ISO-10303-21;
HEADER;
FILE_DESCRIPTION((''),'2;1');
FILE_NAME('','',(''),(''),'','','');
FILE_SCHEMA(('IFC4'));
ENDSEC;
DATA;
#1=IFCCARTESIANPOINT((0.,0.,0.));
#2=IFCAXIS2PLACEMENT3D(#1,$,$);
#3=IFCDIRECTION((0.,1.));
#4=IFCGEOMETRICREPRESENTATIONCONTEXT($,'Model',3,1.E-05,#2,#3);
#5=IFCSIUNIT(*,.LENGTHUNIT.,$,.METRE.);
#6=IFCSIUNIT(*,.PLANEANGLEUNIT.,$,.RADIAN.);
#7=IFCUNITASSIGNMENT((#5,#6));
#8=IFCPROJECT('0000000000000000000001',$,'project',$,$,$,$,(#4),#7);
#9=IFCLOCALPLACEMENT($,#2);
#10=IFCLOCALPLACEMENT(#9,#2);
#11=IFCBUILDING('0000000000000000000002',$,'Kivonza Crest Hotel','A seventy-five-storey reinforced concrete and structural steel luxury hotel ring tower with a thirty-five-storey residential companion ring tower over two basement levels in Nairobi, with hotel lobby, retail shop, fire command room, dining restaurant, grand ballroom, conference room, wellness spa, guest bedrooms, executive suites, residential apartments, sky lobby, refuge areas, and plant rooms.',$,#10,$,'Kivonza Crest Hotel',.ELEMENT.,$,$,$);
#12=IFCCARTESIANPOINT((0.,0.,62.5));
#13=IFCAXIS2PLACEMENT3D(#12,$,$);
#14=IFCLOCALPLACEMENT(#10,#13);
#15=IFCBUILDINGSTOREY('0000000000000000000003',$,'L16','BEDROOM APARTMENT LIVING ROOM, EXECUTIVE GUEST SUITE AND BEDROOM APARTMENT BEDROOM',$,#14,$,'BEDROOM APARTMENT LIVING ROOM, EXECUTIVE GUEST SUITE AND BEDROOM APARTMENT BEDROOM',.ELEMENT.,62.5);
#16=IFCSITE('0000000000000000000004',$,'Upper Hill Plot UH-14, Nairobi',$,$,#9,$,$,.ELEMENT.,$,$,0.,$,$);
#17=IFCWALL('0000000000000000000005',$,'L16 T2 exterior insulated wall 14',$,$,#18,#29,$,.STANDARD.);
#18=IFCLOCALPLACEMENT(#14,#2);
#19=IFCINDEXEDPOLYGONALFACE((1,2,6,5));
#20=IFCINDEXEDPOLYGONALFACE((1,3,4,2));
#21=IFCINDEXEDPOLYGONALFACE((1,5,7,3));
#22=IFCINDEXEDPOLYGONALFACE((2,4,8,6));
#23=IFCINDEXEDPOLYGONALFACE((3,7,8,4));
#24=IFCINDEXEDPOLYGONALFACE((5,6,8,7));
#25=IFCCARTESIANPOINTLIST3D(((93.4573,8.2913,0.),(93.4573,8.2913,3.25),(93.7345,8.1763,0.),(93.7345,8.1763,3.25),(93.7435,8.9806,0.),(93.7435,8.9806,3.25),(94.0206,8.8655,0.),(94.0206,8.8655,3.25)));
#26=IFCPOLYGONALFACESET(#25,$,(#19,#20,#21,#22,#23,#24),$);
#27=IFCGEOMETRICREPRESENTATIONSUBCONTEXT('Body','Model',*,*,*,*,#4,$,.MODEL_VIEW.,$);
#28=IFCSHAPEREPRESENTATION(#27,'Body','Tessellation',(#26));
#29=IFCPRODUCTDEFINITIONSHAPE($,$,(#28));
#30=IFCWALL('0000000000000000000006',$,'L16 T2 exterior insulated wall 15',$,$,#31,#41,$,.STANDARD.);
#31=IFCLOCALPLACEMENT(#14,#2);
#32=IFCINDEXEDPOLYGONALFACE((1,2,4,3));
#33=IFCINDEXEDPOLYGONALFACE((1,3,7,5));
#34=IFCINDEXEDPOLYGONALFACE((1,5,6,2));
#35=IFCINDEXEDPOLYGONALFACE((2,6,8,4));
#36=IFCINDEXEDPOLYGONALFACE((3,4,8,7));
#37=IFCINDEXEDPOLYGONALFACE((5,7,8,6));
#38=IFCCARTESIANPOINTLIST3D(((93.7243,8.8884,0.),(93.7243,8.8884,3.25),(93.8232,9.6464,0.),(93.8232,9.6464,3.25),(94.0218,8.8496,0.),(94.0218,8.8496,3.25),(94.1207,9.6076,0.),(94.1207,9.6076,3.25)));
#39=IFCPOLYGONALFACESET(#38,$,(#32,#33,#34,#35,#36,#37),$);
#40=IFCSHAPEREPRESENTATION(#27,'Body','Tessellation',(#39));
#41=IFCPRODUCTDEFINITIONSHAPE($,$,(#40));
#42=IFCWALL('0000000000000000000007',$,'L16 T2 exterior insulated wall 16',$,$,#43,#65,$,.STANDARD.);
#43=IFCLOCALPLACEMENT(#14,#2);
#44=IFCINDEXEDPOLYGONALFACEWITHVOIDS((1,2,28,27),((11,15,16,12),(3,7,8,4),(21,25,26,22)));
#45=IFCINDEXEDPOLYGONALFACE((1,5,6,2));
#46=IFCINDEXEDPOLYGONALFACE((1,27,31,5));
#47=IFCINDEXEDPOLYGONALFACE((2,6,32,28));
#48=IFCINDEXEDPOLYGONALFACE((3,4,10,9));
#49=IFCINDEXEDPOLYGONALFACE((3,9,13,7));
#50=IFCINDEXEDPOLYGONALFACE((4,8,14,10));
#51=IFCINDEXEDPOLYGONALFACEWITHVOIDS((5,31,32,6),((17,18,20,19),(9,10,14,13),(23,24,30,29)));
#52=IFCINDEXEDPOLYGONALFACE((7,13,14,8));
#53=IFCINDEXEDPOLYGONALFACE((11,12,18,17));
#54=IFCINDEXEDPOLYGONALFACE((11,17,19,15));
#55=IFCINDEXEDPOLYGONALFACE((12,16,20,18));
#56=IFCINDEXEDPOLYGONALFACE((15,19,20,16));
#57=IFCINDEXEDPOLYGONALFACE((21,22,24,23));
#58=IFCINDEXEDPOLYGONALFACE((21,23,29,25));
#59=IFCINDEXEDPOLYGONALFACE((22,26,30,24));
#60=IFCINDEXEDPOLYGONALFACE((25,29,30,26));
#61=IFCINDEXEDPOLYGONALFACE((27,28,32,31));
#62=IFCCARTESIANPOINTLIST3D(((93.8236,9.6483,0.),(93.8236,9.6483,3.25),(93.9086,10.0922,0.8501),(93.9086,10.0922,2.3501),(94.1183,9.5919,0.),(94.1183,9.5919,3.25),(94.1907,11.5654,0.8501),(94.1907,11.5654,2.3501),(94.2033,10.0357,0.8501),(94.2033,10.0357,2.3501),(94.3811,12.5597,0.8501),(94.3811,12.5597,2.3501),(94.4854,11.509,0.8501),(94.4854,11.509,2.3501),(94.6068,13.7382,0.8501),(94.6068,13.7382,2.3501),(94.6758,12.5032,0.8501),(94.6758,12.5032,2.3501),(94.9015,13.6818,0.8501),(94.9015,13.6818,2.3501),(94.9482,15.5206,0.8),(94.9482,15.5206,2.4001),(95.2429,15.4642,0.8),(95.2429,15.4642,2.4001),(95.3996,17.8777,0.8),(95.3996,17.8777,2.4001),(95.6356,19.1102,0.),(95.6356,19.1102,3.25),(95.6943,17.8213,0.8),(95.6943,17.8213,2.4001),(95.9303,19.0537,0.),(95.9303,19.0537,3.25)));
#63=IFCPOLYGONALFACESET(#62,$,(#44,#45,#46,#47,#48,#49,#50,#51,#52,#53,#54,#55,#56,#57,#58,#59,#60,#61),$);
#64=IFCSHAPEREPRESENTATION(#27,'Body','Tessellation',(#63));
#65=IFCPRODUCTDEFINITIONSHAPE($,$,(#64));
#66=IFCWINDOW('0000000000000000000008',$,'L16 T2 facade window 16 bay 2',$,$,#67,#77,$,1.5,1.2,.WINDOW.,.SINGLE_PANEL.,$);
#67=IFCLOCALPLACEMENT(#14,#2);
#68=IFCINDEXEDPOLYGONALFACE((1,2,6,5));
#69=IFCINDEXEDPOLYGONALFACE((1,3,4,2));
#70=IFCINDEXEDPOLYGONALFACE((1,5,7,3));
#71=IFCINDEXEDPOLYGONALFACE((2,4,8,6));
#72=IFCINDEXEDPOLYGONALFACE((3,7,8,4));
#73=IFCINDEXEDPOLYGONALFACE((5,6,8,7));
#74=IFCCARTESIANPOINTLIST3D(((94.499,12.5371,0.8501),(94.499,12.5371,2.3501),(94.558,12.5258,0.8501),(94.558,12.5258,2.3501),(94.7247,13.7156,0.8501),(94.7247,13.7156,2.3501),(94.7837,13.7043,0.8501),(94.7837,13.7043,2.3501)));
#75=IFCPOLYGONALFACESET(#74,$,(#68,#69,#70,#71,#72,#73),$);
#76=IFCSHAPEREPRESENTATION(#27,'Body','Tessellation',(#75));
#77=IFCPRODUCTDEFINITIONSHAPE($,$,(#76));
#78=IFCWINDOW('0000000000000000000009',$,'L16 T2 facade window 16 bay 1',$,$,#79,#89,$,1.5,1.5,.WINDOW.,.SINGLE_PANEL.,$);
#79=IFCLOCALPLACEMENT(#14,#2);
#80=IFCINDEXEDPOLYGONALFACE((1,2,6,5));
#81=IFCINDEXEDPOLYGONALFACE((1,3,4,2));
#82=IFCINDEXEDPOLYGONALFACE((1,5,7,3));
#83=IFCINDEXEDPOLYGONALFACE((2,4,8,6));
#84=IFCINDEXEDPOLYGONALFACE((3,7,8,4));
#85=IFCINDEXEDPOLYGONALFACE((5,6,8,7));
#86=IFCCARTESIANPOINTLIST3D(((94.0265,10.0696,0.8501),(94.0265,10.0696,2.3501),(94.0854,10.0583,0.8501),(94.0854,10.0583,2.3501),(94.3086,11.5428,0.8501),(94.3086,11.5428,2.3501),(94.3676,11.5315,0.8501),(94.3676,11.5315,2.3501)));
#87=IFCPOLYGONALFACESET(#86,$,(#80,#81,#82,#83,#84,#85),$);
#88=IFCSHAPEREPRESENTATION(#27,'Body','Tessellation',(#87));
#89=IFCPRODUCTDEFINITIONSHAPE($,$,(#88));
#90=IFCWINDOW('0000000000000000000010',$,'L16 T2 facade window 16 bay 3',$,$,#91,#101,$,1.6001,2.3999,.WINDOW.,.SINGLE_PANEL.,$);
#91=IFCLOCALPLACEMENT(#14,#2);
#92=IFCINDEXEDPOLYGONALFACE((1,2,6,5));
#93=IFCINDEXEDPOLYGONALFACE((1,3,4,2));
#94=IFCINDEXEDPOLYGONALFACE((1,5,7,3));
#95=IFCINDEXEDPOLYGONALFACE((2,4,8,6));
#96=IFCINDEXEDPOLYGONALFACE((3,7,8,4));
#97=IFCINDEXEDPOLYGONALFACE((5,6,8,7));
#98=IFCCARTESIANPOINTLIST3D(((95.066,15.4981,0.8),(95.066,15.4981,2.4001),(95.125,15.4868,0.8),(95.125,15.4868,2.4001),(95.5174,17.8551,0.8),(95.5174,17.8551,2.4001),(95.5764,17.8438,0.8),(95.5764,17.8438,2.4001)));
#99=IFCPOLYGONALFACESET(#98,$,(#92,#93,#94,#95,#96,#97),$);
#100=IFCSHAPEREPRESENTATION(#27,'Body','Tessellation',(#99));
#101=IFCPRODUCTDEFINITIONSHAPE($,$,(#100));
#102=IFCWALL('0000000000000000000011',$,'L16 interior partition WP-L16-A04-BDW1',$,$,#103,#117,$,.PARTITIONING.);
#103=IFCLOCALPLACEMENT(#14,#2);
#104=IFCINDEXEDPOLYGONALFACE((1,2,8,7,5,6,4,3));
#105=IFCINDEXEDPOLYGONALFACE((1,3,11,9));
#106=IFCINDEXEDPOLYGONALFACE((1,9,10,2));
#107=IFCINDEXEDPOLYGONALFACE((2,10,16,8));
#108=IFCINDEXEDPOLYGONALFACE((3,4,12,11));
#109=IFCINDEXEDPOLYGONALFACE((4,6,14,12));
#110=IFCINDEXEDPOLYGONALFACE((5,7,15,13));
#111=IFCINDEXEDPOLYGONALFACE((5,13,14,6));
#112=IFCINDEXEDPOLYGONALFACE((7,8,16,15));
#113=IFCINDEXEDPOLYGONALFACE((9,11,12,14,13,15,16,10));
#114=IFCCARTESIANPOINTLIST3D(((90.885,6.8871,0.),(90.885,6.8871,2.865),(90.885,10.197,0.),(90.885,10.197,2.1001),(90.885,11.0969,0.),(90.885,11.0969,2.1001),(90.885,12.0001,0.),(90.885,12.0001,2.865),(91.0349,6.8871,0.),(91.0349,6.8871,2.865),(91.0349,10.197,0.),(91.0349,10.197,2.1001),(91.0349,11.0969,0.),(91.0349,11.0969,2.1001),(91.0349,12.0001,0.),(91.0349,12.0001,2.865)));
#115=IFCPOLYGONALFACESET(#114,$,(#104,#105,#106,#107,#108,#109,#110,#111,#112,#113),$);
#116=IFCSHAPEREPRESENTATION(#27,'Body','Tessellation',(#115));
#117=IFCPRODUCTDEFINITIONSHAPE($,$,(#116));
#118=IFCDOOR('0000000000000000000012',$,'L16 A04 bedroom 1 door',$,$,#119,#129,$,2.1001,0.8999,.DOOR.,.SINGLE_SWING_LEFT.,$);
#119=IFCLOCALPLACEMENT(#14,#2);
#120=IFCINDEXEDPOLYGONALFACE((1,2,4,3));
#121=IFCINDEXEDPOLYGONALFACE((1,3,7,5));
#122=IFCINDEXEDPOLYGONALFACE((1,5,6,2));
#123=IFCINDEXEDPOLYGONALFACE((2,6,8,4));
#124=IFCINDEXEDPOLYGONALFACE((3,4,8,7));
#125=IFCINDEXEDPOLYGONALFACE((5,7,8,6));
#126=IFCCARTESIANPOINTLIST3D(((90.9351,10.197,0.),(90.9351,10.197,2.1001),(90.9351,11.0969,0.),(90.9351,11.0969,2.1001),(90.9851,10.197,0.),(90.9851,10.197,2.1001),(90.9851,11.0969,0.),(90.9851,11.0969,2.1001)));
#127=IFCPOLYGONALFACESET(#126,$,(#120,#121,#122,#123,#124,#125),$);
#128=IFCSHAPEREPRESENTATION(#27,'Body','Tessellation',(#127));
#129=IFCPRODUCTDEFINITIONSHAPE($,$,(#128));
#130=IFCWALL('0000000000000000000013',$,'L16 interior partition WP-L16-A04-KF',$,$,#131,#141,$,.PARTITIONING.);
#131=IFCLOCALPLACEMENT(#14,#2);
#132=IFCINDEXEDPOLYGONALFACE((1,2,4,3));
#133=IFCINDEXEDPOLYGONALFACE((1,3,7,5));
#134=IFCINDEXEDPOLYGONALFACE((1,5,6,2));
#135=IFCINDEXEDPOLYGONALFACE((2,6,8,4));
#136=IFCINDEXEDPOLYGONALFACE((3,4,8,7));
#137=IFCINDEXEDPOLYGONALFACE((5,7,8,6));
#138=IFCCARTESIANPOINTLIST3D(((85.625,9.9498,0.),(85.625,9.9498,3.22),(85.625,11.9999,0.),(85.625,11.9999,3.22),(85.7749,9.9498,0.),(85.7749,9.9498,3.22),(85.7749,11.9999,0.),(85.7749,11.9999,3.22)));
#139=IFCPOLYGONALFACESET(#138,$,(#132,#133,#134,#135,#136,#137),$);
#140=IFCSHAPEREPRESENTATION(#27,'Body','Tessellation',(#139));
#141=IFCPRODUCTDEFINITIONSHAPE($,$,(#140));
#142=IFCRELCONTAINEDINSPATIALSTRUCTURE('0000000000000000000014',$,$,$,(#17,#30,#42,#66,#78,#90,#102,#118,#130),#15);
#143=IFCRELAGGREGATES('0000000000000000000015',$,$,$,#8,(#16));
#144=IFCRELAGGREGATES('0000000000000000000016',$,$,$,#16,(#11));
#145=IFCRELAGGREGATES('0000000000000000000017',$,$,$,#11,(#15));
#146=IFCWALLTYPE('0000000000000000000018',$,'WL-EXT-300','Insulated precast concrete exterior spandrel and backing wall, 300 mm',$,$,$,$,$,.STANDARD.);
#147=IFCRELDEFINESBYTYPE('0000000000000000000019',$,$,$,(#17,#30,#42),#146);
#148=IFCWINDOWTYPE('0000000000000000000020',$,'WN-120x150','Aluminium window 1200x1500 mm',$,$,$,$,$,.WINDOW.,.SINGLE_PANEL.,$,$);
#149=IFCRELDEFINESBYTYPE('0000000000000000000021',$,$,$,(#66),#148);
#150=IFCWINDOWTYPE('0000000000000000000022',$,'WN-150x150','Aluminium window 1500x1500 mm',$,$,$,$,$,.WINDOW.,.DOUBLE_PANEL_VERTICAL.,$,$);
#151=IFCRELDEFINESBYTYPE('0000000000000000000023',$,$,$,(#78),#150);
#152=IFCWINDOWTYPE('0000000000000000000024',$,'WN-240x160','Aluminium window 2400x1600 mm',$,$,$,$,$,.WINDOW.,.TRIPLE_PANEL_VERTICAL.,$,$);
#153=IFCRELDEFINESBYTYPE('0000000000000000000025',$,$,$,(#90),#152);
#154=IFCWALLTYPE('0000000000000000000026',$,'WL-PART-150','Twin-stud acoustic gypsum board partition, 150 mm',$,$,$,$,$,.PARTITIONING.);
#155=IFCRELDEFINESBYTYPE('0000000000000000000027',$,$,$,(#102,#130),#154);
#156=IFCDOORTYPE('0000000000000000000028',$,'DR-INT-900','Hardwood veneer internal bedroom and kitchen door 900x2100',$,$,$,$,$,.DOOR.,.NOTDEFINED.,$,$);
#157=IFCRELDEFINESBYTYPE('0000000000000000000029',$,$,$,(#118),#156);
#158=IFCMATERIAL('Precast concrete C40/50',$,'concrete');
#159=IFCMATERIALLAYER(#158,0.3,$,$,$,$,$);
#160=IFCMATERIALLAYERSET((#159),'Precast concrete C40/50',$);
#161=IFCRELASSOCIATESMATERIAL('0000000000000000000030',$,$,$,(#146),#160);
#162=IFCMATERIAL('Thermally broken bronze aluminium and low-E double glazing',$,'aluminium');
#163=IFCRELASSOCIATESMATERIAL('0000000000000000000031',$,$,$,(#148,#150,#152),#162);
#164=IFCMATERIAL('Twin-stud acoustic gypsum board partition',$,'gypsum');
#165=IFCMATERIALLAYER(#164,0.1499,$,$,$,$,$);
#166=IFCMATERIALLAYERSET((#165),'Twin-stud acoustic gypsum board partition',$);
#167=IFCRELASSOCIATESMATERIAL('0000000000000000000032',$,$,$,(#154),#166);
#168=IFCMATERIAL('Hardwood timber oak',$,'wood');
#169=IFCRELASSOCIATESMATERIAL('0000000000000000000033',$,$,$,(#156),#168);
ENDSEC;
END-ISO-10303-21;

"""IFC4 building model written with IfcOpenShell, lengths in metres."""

from ifc_helpers import new_model, si_unit, direction, frame, frame_2d, origin, place, context, subcontext, project, spatial, rectangle, extrude, material, layer, layer_set, type_object, element, fill, save


model = new_model("IFC4")

# Units and contexts
model_context = context("Model", 3, precision=1e-05, world=origin(), true_north=direction((0.0, 1.0)))
body_context = subcontext(model_context, "Body", "Model", "MODEL_VIEW")
ifc_project = project(units=[si_unit("LENGTHUNIT", "METRE"), si_unit("PLANEANGLEUNIT", "RADIAN")], contexts=[model_context])

# Site, building, storey
site_placement = place(None, origin())
site = spatial("IfcSite", under=ifc_project, at=site_placement, Name="Upper Hill Plot UH-14, Nairobi", CompositionType="ELEMENT", RefElevation=0.0)
building_placement = place(site_placement, origin())
building = spatial("IfcBuilding", under=site, at=building_placement, Name="Kivonza Crest Hotel", Description="A seventy-five-storey reinforced concrete and structural steel luxury hotel ring tower with a thirty-five-storey residential companion ring tower over two basement levels in Nairobi, with hotel lobby, retail shop, fire command room, dining restaurant, grand ballroom, conference room, wellness spa, guest bedrooms, executive suites, residential apartments, sky lobby, refuge areas, and plant rooms.", LongName="Kivonza Crest Hotel", CompositionType="ELEMENT")
storey_placement = place(building_placement, frame((0.0, 0.0, 62.5)))
storey = spatial("IfcBuildingStorey", under=building, at=storey_placement, Name="L16", Description="BEDROOM APARTMENT LIVING ROOM, EXECUTIVE GUEST SUITE AND BEDROOM APARTMENT BEDROOM", LongName="BEDROOM APARTMENT LIVING ROOM, EXECUTIVE GUEST SUITE AND BEDROOM APARTMENT BEDROOM", CompositionType="ELEMENT", Elevation=62.5)

# Shared definitions
ifc_material_1 = material(Name="Hardwood timber oak", Category="wood")

# Walls
ifc_material_2 = material(Name="Precast concrete C40/50", Category="concrete")
ifc_layer_1 = layer(ifc_material_2, 0.3)
ifc_layer_set_1 = layer_set([ifc_layer_1], Name="Precast concrete C40/50")
wall_type_1 = type_object("IfcWallType", Name="WL-EXT-300", Description="Insulated precast concrete exterior spandrel and backing wall, 300 mm", PredefinedType="STANDARD", material=ifc_layer_set_1)
wall_1_placement = place(storey_placement, frame((93.5959, 8.2339, 0.0), z_axis=(0.0, 0.0, 1.0), x_axis=(0.38343, 0.92357, 0.0)))
element("IfcWall", 1, at=wall_1_placement, inside=storey, type_object=wall_type_1, Name="L16 T2 exterior insulated wall 14", PredefinedType="STANDARD", context=body_context, shape_type="SweptSolid", body=[
    extrude(rectangle(XDim=0.7463, YDim=0.3, at=frame_2d((0.373, 0.0))), origin(), (0.0, 0.0, 1.0), 3.25),
])
wall_2_placement = place(storey_placement, frame((93.873, 8.8689, 0.0), z_axis=(0.0, 0.0, 1.0), x_axis=(0.129339, 0.9916, 0.0)))
element("IfcWall", 2, at=wall_2_placement, inside=storey, type_object=wall_type_1, Name="L16 T2 exterior insulated wall 15", PredefinedType="STANDARD", context=body_context, shape_type="SweptSolid", body=[
    extrude(rectangle(XDim=0.7644, YDim=0.3, at=frame_2d((0.3823, 0.0))), origin(), (0.0, 0.0, 1.0), 3.25),
])

# Wall, openings, windows
wall_3_placement = place(storey_placement, frame((93.9709, 9.6201, 0.0), z_axis=(0.0, 0.0, 1.0), x_axis=(0.188088, 0.982152, 0.0)))
wall_3 = element("IfcWall", 3, at=wall_3_placement, inside=storey, type_object=wall_type_1, Name="L16 T2 exterior insulated wall 16", PredefinedType="STANDARD", context=body_context, shape_type="SweptSolid", body=[
    extrude(rectangle(XDim=9.6338, YDim=0.3, at=frame_2d((4.8169, 0.0))), origin(), (0.0, 0.0, 1.0), 3.25),
])
opening_1_placement = place(wall_3_placement, frame((0.4519, 0.0, 0.8501)))
opening_1 = element("IfcOpeningElement", 4, at=opening_1_placement, cuts=wall_3, PredefinedType="OPENING", context=body_context, shape_type="SweptSolid", body=[
    extrude(rectangle(XDim=1.5, YDim=1.5, at=frame_2d((0.75, 0.75))), frame((0.0, 0.1602, 0.0), z_axis=(0.0, -1.0, 0.0), x_axis=(1.0, 0.0, 0.0)), (0.0, 0.0, 1.0), 0.3201),
])
opening_2_placement = place(wall_3_placement, frame((2.9641, 0.0, 0.8501)))
opening_2 = element("IfcOpeningElement", 5, at=opening_2_placement, cuts=wall_3, PredefinedType="OPENING", context=body_context, shape_type="SweptSolid", body=[
    extrude(rectangle(XDim=1.2, YDim=1.5, at=frame_2d((0.6001, 0.75))), frame((0.0, 0.1602, 0.0), z_axis=(0.0, -1.0, 0.0), x_axis=(1.0, 0.0, 0.0)), (0.0, 0.0, 1.0), 0.3201),
])
opening_3_placement = place(wall_3_placement, frame((5.979, 0.0, 0.8)))
opening_3 = element("IfcOpeningElement", 6, at=opening_3_placement, cuts=wall_3, PredefinedType="OPENING", context=body_context, shape_type="SweptSolid", body=[
    extrude(rectangle(XDim=2.3999, YDim=1.6001, at=frame_2d((1.2, 0.8))), frame((0.0, 0.1602, 0.0), z_axis=(0.0, -1.0, 0.0), x_axis=(1.0, 0.0, 0.0)), (0.0, 0.0, 1.0), 0.3201),
])
ifc_material_3 = material(Name="Thermally broken bronze aluminium and low-E double glazing", Category="aluminium")
window_type_1 = type_object("IfcWindowType", Name="WN-120x150", Description="Aluminium window 1200x1500 mm", PartitioningType="SINGLE_PANEL", PredefinedType="WINDOW", material=ifc_material_3)
window_1_placement = place(opening_2_placement, origin())
window_1 = element("IfcWindow", 7, at=window_1_placement, inside=storey, type_object=window_type_1, Name="L16 T2 facade window 16 bay 2", OverallHeight=1.5, OverallWidth=1.2, PartitioningType="SINGLE_PANEL", PredefinedType="WINDOW", context=body_context, shape_type="SweptSolid", body=[
    extrude(rectangle(XDim=1.2, YDim=1.5, at=frame_2d((0.6001, 0.75))), frame((0.0, 0.03, 0.0), z_axis=(0.0, -1.0, 0.0), x_axis=(1.0, 0.0, 0.0)), (0.0, 0.0, 1.0), 0.0601),
])
fill(opening_2, window_1)
window_type_2 = type_object("IfcWindowType", Name="WN-150x150", Description="Aluminium window 1500x1500 mm", PartitioningType="DOUBLE_PANEL_VERTICAL", PredefinedType="WINDOW", material=ifc_material_3)
window_2_placement = place(opening_1_placement, origin())
window_2 = element("IfcWindow", 8, at=window_2_placement, inside=storey, type_object=window_type_2, Name="L16 T2 facade window 16 bay 1", OverallHeight=1.5, OverallWidth=1.5, PartitioningType="SINGLE_PANEL", PredefinedType="WINDOW", context=body_context, shape_type="SweptSolid", body=[
    extrude(rectangle(XDim=1.5, YDim=1.5, at=frame_2d((0.75, 0.75))), frame((0.0, 0.03, 0.0), z_axis=(0.0, -1.0, 0.0), x_axis=(1.0, 0.0, 0.0)), (0.0, 0.0, 1.0), 0.0601),
])
fill(opening_1, window_2)
window_type_3 = type_object("IfcWindowType", Name="WN-240x160", Description="Aluminium window 2400x1600 mm", PartitioningType="TRIPLE_PANEL_VERTICAL", PredefinedType="WINDOW", material=ifc_material_3)
window_3_placement = place(opening_3_placement, origin())
window_3 = element("IfcWindow", 9, at=window_3_placement, inside=storey, type_object=window_type_3, Name="L16 T2 facade window 16 bay 3", OverallHeight=1.6001, OverallWidth=2.3999, PartitioningType="SINGLE_PANEL", PredefinedType="WINDOW", context=body_context, shape_type="SweptSolid", body=[
    extrude(rectangle(XDim=2.3999, YDim=1.6001, at=frame_2d((1.2, 0.8))), frame((0.0, 0.03, 0.0), z_axis=(0.0, -1.0, 0.0), x_axis=(1.0, 0.0, 0.0)), (0.0, 0.0, 1.0), 0.0601),
])
fill(opening_3, window_3)

# Wall, opening, door
ifc_material_4 = material(Name="Twin-stud acoustic gypsum board partition", Category="gypsum")
ifc_layer_2 = layer(ifc_material_4, 0.1499)
ifc_layer_set_2 = layer_set([ifc_layer_2], Name="Twin-stud acoustic gypsum board partition")
wall_type_2 = type_object("IfcWallType", Name="WL-PART-150", Description="Twin-stud acoustic gypsum board partition, 150 mm", PredefinedType="PARTITIONING", material=ifc_layer_set_2)
wall_4_placement = place(storey_placement, frame((90.96, 6.887, 0.0), z_axis=(0.0, 0.0, 1.0), x_axis=(0.0, 1.0, 0.0)))
wall_4 = element("IfcWall", 10, at=wall_4_placement, inside=storey, type_object=wall_type_2, Name="L16 interior partition WP-L16-A04-BDW1", PredefinedType="PARTITIONING", context=body_context, shape_type="SweptSolid", body=[
    extrude(rectangle(XDim=5.113, YDim=0.1499, at=frame_2d((2.5566, 0.0))), origin(), (0.0, 0.0, 1.0), 2.865),
])
opening_4_placement = place(wall_4_placement, frame((3.3101, 0.0, 0.0)))
opening_4 = element("IfcOpeningElement", 11, at=opening_4_placement, cuts=wall_4, PredefinedType="OPENING", context=body_context, shape_type="SweptSolid", body=[
    extrude(rectangle(XDim=0.8999, YDim=2.1001, at=frame_2d((0.45, 1.05))), frame((0.0, 0.085, 0.0), z_axis=(0.0, -1.0, 0.0), x_axis=(1.0, 0.0, 0.0)), (0.0, 0.0, 1.0), 0.1699),
])
door_type_1 = type_object("IfcDoorType", Name="DR-INT-900", Description="Hardwood veneer internal bedroom and kitchen door 900x2100", OperationType="NOTDEFINED", PredefinedType="DOOR", material=ifc_material_1)
door_1_placement = place(opening_4_placement, origin())
door_1 = element("IfcDoor", 12, at=door_1_placement, inside=storey, type_object=door_type_1, Name="L16 A04 bedroom 1 door", OperationType="SINGLE_SWING_LEFT", OverallHeight=2.1001, OverallWidth=0.8999, PredefinedType="DOOR", context=body_context, shape_type="SweptSolid", body=[
    extrude(rectangle(XDim=0.8999, YDim=2.1001, at=frame_2d((0.45, 1.05))), frame((0.0, 0.0249, 0.0), z_axis=(0.0, -1.0, 0.0), x_axis=(1.0, 0.0, 0.0)), (0.0, 0.0, 1.0), 0.05),
])
fill(opening_4, door_1)

# Wall
wall_5_placement = place(storey_placement, frame((85.7, 9.95, 0.0), z_axis=(0.0, 0.0, 1.0), x_axis=(0.0, 1.0, 0.0)))
element("IfcWall", 13, at=wall_5_placement, inside=storey, type_object=wall_type_2, Name="L16 interior partition WP-L16-A04-KF", PredefinedType="PARTITIONING", context=body_context, shape_type="SweptSolid", body=[
    extrude(rectangle(XDim=2.05, YDim=0.1499, at=frame_2d((1.0249, 0.0))), origin(), (0.0, 0.0, 1.0), 3.22),
])

save(model, "model.ifc")
